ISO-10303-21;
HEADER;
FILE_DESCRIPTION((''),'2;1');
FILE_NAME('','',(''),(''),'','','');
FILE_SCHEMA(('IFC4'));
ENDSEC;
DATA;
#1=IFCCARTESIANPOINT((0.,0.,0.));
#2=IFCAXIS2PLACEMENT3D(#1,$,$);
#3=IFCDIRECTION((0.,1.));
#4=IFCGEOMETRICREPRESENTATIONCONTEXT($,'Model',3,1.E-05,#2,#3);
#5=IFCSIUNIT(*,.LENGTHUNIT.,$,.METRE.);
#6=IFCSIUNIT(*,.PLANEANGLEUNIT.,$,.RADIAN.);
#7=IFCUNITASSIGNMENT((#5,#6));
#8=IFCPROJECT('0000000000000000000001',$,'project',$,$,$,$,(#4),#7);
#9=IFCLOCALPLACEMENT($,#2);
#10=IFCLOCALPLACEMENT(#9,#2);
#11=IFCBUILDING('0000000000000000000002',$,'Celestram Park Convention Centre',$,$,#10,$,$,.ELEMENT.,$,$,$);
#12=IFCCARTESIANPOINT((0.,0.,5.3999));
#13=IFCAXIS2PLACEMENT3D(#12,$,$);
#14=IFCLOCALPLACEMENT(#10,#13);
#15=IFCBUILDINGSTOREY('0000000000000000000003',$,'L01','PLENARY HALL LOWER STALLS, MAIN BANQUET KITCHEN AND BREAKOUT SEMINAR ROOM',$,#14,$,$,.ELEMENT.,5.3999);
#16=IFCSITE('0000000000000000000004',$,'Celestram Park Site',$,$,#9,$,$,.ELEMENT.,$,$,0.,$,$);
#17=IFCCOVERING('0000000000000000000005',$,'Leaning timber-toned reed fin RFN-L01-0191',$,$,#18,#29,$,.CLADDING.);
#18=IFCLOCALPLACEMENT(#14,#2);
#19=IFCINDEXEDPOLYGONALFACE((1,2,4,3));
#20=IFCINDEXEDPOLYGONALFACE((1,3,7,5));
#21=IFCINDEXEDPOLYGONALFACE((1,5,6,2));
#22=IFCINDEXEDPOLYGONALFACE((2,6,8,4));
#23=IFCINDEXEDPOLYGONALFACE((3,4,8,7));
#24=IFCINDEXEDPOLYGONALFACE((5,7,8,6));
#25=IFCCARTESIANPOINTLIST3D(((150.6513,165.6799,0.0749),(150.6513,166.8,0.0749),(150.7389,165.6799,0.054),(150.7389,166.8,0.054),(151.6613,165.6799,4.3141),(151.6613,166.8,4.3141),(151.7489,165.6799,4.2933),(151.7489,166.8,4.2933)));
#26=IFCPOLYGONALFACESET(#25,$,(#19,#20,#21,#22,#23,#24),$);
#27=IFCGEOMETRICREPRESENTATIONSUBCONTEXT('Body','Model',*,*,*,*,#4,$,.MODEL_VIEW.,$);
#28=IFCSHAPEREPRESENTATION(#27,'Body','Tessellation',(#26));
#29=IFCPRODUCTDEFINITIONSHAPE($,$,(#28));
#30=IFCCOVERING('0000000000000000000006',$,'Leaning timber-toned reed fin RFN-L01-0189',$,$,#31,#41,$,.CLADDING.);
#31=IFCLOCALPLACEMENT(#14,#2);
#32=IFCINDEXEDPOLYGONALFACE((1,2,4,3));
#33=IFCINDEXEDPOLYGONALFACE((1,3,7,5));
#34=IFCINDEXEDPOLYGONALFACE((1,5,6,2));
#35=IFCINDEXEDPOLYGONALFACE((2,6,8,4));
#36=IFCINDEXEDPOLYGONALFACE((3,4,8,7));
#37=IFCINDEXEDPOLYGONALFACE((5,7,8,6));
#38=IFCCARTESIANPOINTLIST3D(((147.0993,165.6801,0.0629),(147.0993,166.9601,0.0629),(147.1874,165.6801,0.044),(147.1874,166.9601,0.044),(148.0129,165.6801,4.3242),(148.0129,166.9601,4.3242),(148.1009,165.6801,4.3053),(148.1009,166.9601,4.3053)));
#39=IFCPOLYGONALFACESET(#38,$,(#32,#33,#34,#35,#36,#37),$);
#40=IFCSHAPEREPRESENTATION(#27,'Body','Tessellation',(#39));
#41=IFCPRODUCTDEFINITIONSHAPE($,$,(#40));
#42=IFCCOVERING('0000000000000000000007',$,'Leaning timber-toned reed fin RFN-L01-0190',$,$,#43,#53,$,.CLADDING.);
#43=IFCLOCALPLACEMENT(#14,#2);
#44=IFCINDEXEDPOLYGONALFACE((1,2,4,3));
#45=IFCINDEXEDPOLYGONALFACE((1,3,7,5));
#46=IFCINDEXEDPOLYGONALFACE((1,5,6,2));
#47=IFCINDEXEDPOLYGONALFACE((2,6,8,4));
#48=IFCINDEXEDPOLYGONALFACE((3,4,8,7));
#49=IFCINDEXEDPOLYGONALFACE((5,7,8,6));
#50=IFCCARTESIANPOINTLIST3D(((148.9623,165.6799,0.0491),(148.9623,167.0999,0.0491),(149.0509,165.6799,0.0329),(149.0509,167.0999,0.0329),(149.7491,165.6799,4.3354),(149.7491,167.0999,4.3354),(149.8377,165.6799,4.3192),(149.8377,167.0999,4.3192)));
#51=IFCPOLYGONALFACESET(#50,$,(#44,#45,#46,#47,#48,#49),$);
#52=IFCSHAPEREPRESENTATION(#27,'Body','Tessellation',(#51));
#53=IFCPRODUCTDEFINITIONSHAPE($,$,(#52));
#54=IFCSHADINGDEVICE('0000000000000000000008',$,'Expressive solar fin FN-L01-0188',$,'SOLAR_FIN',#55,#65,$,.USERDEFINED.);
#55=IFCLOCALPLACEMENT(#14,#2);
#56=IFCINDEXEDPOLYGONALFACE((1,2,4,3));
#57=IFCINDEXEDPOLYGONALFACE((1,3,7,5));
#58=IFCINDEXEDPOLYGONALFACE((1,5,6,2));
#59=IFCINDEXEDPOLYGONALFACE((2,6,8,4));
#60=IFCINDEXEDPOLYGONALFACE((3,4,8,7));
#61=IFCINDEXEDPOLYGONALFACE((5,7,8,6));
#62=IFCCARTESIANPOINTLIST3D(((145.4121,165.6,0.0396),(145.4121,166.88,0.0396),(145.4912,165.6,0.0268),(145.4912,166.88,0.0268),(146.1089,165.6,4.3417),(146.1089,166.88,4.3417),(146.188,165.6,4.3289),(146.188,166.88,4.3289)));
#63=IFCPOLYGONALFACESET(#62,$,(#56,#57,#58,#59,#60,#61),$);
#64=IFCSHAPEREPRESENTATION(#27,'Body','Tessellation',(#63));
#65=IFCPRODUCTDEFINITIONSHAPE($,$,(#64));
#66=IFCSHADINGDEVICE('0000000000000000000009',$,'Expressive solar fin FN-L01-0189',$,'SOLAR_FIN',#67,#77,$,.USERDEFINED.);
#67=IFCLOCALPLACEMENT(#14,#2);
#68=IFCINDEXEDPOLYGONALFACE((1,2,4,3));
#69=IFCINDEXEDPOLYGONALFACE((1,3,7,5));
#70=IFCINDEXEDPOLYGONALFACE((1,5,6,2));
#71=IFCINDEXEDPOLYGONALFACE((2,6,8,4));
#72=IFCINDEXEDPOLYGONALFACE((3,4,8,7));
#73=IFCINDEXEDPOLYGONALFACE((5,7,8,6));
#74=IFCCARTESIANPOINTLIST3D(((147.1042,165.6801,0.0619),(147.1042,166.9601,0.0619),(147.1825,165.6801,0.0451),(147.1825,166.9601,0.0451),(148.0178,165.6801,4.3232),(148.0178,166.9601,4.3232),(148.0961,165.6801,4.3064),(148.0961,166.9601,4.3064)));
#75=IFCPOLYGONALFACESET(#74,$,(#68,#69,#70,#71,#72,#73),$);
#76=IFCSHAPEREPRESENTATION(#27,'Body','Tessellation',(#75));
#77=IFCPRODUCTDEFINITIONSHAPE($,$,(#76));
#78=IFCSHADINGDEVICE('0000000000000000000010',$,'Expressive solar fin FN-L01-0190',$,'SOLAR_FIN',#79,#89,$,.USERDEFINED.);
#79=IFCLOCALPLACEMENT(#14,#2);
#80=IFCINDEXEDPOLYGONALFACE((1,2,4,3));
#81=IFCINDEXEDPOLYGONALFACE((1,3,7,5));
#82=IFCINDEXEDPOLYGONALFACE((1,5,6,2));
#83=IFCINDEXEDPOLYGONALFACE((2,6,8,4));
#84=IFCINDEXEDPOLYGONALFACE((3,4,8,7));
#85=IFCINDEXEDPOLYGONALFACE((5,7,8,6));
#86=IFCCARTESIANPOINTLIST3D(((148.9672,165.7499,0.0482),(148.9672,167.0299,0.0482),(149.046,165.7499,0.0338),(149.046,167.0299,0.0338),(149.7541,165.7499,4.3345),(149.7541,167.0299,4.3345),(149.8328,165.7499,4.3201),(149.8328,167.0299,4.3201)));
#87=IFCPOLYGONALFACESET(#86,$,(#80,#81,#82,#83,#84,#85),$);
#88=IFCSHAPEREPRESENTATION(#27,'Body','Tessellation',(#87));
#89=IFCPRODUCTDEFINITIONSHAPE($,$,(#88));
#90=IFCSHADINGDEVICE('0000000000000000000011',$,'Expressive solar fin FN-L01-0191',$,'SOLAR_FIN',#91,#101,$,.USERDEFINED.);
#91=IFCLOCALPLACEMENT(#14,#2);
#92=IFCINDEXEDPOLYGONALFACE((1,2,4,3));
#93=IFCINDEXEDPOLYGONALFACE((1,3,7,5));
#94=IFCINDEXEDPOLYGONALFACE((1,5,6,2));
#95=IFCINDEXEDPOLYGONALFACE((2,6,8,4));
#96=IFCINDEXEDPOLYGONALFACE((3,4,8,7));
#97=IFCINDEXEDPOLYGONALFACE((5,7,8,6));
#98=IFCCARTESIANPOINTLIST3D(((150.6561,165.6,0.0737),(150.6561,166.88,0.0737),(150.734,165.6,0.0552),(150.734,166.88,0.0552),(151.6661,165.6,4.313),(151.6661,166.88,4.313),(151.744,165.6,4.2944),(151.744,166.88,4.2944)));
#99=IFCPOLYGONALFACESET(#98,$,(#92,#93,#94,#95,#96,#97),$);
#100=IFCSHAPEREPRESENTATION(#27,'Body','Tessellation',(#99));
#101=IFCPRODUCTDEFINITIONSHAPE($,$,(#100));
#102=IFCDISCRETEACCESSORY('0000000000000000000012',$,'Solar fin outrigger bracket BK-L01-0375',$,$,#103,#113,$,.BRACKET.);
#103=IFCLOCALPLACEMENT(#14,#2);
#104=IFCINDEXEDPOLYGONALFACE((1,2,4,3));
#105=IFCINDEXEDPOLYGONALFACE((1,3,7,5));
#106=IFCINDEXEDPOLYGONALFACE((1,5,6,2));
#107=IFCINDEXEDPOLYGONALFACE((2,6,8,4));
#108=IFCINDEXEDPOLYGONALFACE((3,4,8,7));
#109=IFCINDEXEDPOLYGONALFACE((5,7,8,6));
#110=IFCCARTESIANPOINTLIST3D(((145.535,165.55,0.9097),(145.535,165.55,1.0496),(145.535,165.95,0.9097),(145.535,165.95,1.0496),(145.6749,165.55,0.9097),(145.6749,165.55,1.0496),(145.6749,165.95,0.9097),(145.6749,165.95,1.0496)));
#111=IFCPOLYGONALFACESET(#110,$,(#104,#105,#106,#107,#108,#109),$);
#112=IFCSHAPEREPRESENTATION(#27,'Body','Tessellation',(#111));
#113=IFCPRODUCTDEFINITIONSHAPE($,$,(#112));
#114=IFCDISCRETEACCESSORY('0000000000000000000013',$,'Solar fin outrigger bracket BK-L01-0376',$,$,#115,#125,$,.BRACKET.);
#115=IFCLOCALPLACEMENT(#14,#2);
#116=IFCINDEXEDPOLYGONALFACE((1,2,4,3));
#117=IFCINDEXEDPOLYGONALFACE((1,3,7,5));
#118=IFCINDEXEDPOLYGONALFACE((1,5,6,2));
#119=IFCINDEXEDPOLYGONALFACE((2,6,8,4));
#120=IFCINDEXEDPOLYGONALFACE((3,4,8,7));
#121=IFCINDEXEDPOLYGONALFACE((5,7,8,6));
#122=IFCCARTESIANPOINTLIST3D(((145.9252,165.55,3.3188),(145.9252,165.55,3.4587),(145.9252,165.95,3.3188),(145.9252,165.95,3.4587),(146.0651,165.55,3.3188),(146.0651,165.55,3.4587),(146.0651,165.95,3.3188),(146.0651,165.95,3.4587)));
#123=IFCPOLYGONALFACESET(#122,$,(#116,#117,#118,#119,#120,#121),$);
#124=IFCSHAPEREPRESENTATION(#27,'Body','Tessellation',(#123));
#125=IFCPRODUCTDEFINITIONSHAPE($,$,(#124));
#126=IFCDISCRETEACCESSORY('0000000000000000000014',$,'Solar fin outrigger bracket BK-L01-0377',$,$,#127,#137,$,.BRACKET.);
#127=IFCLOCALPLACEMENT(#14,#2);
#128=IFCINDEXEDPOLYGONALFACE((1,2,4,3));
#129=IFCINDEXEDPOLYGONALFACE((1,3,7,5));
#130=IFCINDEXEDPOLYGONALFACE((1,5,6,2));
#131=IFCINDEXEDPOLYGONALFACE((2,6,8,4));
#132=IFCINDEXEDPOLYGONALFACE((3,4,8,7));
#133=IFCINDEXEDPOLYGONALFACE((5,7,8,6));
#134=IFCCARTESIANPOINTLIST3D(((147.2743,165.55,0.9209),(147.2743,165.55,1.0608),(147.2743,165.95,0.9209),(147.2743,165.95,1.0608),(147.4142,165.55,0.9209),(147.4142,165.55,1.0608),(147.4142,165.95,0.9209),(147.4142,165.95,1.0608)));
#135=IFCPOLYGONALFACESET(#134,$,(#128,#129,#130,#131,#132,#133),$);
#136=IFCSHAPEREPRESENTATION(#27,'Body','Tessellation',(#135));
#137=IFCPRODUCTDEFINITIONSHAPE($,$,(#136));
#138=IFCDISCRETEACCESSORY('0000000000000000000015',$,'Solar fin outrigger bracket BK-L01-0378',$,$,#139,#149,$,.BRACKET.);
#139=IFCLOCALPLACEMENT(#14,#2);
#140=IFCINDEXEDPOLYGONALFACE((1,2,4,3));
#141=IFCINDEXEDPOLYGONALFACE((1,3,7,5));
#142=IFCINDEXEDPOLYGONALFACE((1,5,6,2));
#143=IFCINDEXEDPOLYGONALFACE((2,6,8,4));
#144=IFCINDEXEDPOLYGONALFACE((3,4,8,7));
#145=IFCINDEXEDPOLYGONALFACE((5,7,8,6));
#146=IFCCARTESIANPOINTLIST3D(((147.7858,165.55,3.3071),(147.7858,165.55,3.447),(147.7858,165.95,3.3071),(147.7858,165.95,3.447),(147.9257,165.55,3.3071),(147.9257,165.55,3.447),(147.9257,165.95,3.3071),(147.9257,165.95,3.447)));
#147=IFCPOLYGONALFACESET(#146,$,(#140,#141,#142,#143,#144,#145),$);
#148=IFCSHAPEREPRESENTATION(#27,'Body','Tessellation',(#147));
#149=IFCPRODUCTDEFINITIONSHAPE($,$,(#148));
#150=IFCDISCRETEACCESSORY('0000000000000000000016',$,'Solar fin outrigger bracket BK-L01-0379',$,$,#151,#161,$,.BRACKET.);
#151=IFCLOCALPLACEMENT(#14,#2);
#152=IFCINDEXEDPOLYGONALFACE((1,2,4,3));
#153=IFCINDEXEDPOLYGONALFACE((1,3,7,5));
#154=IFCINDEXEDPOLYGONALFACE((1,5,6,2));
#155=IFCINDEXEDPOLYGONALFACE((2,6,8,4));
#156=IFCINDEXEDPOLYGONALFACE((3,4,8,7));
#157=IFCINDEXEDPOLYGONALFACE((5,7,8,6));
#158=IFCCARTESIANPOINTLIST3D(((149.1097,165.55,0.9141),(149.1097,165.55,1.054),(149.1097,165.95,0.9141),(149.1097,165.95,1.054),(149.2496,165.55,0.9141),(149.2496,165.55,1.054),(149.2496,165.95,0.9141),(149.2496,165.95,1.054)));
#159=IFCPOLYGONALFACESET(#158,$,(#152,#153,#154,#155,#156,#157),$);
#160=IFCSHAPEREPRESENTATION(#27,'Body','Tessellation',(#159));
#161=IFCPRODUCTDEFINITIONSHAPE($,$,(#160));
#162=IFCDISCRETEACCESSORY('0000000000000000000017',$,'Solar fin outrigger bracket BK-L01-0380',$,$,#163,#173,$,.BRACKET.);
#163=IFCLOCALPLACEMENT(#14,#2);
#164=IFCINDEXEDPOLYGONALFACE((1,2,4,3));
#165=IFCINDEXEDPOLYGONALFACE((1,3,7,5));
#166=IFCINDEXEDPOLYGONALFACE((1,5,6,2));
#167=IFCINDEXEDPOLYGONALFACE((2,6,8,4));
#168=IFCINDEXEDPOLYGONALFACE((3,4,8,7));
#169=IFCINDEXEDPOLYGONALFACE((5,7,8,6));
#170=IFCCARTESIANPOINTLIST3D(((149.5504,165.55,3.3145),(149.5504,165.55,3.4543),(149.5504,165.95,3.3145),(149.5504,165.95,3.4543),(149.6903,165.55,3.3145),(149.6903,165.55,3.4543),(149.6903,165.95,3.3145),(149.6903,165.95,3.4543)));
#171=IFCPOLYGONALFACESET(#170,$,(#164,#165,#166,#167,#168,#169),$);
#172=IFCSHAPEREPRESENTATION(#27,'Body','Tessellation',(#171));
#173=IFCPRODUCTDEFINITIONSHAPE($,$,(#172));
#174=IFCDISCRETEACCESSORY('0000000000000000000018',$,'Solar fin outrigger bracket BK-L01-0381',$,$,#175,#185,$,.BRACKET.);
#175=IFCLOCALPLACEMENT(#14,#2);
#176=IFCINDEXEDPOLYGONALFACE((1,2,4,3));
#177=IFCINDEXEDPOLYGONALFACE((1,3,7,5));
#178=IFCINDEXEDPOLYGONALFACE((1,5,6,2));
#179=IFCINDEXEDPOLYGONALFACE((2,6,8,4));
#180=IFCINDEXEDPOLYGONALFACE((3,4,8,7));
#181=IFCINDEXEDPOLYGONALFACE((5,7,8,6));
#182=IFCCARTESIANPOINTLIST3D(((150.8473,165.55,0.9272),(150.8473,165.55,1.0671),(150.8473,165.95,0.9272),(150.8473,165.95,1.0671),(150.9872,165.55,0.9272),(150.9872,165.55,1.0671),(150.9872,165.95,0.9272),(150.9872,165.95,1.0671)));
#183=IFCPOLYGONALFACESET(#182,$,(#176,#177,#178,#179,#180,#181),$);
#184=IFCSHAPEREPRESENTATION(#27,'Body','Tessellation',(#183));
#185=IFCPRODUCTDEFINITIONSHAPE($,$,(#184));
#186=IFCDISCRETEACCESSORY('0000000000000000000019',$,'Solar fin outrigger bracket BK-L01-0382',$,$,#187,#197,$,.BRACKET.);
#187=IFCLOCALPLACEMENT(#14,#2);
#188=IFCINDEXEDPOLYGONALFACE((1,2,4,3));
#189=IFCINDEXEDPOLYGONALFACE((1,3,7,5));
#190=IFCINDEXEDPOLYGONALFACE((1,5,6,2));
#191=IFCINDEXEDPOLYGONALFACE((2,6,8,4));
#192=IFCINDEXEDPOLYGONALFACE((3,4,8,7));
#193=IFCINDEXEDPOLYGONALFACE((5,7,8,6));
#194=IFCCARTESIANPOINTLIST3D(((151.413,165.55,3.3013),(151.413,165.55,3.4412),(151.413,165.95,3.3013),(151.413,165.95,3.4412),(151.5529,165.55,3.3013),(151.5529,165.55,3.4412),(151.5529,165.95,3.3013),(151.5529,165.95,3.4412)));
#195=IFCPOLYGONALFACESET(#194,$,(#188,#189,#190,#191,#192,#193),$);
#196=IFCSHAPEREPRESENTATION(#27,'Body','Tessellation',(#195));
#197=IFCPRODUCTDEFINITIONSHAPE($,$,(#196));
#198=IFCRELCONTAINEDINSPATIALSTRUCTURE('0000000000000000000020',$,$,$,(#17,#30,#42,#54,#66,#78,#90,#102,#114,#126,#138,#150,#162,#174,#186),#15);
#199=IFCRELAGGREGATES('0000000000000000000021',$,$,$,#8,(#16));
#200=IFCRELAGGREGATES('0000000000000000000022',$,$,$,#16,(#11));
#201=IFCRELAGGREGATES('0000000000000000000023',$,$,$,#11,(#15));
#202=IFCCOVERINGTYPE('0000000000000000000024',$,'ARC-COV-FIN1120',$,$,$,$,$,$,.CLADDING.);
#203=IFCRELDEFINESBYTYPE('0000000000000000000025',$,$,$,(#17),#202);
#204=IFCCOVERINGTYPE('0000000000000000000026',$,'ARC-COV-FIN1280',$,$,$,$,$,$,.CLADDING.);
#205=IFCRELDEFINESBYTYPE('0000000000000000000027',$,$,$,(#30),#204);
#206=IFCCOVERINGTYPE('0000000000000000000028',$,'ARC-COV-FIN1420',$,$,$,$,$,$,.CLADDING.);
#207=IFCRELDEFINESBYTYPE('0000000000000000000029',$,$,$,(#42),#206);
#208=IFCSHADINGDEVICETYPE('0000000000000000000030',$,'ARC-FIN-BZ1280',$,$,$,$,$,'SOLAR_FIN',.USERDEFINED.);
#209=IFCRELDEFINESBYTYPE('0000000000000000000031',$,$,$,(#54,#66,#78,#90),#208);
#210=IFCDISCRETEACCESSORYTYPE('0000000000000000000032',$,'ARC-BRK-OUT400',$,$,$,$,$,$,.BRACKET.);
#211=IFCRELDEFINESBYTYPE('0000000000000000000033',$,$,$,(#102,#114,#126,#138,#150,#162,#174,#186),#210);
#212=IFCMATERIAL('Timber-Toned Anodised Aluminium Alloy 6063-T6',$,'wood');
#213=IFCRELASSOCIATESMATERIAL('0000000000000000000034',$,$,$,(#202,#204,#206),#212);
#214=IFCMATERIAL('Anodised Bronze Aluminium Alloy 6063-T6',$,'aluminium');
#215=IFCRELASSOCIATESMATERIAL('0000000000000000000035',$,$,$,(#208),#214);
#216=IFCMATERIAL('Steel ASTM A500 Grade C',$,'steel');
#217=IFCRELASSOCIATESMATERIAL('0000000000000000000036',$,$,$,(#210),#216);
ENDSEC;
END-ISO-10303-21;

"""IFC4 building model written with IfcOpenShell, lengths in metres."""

from ifc_helpers import new_model, si_unit, direction, frame, origin, origin_2d, place, context, subcontext, project, spatial, rectangle, extrude, material, material_profile, profile_set, type_object, element, save


model = new_model("IFC4")

# Units and contexts
model_context = context("Model", 3, precision=1e-05, world=origin(), true_north=direction((0.0, 1.0)))
body_context = subcontext(model_context, "Body", "Model", "MODEL_VIEW")
ifc_project = project(units=[si_unit("LENGTHUNIT", "METRE"), si_unit("PLANEANGLEUNIT", "RADIAN")], contexts=[model_context])

# Site, building, storey
site_placement = place(None, origin())
site = spatial("IfcSite", under=ifc_project, at=site_placement, Name="Celestram Park Site", CompositionType="ELEMENT", RefElevation=0.0)
building_placement = place(site_placement, origin())
building = spatial("IfcBuilding", under=site, at=building_placement, Name="Celestram Park Convention Centre", CompositionType="ELEMENT")
storey_placement = place(building_placement, frame((0.0, 0.0, 5.3999)))
storey = spatial("IfcBuildingStorey", under=building, at=storey_placement, Name="L01", Description="PLENARY HALL LOWER STALLS, MAIN BANQUET KITCHEN AND BREAKOUT SEMINAR ROOM", CompositionType="ELEMENT", Elevation=5.3999)

# Shared definitions
ifc_material_1 = material(Name="Steel ASTM A500 Grade C", Category="steel")

# Coverings
ifc_material_2 = material(Name="Timber-Toned Anodised Aluminium Alloy 6063-T6", Category="wood")
ifc_material_profile_1 = material_profile(ifc_material_2, rectangle(XDim=1.1201, YDim=0.0901, at=origin_2d()), Name="REED1120X90")
ifc_profile_set_1 = profile_set([ifc_material_profile_1], Name="Timber-Toned Anodised Aluminium Alloy 6063-T6")
covering_type_1 = type_object("IfcCoveringType", Name="ARC-COV-FIN1120", PredefinedType="CLADDING", material=ifc_profile_set_1)
covering_1_placement = place(storey_placement, frame((150.6951, 166.24, 0.0645), z_axis=(0.231764, 0.0, 0.972772), x_axis=(0.0, 1.0, 0.0)))
element("IfcCovering", 1, at=covering_1_placement, inside=storey, type_object=covering_type_1, Name="Leaning timber-toned reed fin RFN-L01-0191", PredefinedType="CLADDING", context=body_context, shape_type="SweptSolid", body=[
    extrude(rectangle(XDim=1.1201, YDim=0.0901, at=origin_2d()), origin(), (0.0, 0.0, 1.0), 4.3579),
])
ifc_material_profile_2 = material_profile(ifc_material_2, rectangle(XDim=1.28, YDim=0.0901, at=origin_2d()), Name="REED1280X90")
ifc_profile_set_2 = profile_set([ifc_material_profile_2], Name="Timber-Toned Anodised Aluminium Alloy 6063-T6")
covering_type_2 = type_object("IfcCoveringType", Name="ARC-COV-FIN1280", PredefinedType="CLADDING", material=ifc_profile_set_2)
covering_2_placement = place(storey_placement, frame((147.1433, 166.3201, 0.0535), z_axis=(0.209629, 0.0, 0.977781), x_axis=(0.0, 1.0, 0.0)))
element("IfcCovering", 2, at=covering_2_placement, inside=storey, type_object=covering_type_2, Name="Leaning timber-toned reed fin RFN-L01-0189", PredefinedType="CLADDING", context=body_context, shape_type="SweptSolid", body=[
    extrude(rectangle(XDim=1.28, YDim=0.0901, at=origin_2d()), origin(), (0.0, 0.0, 1.0), 4.3582),
])
ifc_material_profile_3 = material_profile(ifc_material_2, rectangle(XDim=1.4199, YDim=0.0901, at=origin_2d()), Name="REED1420X90")
ifc_profile_set_3 = profile_set([ifc_material_profile_3], Name="Timber-Toned Anodised Aluminium Alloy 6063-T6")
covering_type_3 = type_object("IfcCoveringType", Name="ARC-COV-FIN1420", PredefinedType="CLADDING", material=ifc_profile_set_3)
covering_3_placement = place(storey_placement, frame((149.0066, 166.3899, 0.041), z_axis=(0.180556, 0.0, 0.983565), x_axis=(0.0, 1.0, 0.0)))
element("IfcCovering", 3, at=covering_3_placement, inside=storey, type_object=covering_type_3, Name="Leaning timber-toned reed fin RFN-L01-0190", PredefinedType="CLADDING", context=body_context, shape_type="SweptSolid", body=[
    extrude(rectangle(XDim=1.4199, YDim=0.0901, at=origin_2d()), origin(), (0.0, 0.0, 1.0), 4.3579),
])

# Shading devices
ifc_material_3 = material(Name="Anodised Bronze Aluminium Alloy 6063-T6", Category="aluminium")
ifc_material_profile_4 = material_profile(ifc_material_3, rectangle(XDim=1.28, YDim=0.0801, at=origin_2d()), Name="FIN1280X80")
ifc_profile_set_4 = profile_set([ifc_material_profile_4], Name="Anodised Bronze Aluminium Alloy 6063-T6")
shading_device_type = type_object("IfcShadingDeviceType", Name="ARC-FIN-BZ1280", ElementType="SOLAR_FIN", PredefinedType="USERDEFINED", material=ifc_profile_set_4)
for number, where, z_axis, x_axis, name in (
    (4, (145.4517, 166.24, 0.0332), (0.159882, 0.0, 0.987136), (0.0, 1.0, 0.0), "Expressive solar fin FN-L01-0188"),
    (5, (147.1433, 166.3201, 0.0535), (0.209629, 0.0, 0.977781), (0.0, 1.0, 0.0), "Expressive solar fin FN-L01-0189"),
):
    element("IfcShadingDevice", number, at=place(storey_placement, frame(where, z_axis=z_axis, x_axis=x_axis)), inside=storey, type_object=shading_device_type, Name=name, ObjectType="SOLAR_FIN", PredefinedType="USERDEFINED", context=body_context, shape_type="SweptSolid", body=[
        extrude(rectangle(XDim=1.28, YDim=0.0801, at=origin_2d()), origin(), (0.0, 0.0, 1.0), 4.3582),
    ])
for number, where, z_axis, x_axis, name in (
    (6, (149.0066, 166.3899, 0.041), (0.180556, 0.0, 0.983565), (0.0, 1.0, 0.0), "Expressive solar fin FN-L01-0190"),
    (7, (150.6951, 166.24, 0.0645), (0.231764, 0.0, 0.972772), (0.0, 1.0, 0.0), "Expressive solar fin FN-L01-0191"),
):
    element("IfcShadingDevice", number, at=place(storey_placement, frame(where, z_axis=z_axis, x_axis=x_axis)), inside=storey, type_object=shading_device_type, Name=name, ObjectType="SOLAR_FIN", PredefinedType="USERDEFINED", context=body_context, shape_type="SweptSolid", body=[
        extrude(rectangle(XDim=1.28, YDim=0.0801, at=origin_2d()), origin(), (0.0, 0.0, 1.0), 4.3579),
    ])

# Discrete accessories
discrete_accessory_type = type_object("IfcDiscreteAccessoryType", Name="ARC-BRK-OUT400", PredefinedType="BRACKET", material=ifc_material_1)
for number, where, z_axis, x_axis, name in (
    (8, (145.605, 165.75, 0.9097), (0.0, 0.0, 1.0), (0.0, 1.0, 0.0), "Solar fin outrigger bracket BK-L01-0375"),
    (9, (145.9951, 165.75, 3.3188), (0.0, 0.0, 1.0), (0.0, 1.0, 0.0), "Solar fin outrigger bracket BK-L01-0376"),
    (10, (147.3442, 165.75, 0.9209), (0.0, 0.0, 1.0), (0.0, 1.0, 0.0), "Solar fin outrigger bracket BK-L01-0377"),
    (11, (147.8557, 165.75, 3.3071), (0.0, 0.0, 1.0), (0.0, 1.0, 0.0), "Solar fin outrigger bracket BK-L01-0378"),
    (12, (149.1797, 165.75, 0.9141), (0.0, 0.0, 1.0), (0.0, 1.0, 0.0), "Solar fin outrigger bracket BK-L01-0379"),
    (13, (149.6204, 165.75, 3.3145), (0.0, 0.0, 1.0), (0.0, 1.0, 0.0), "Solar fin outrigger bracket BK-L01-0380"),
    (14, (150.9172, 165.75, 0.9272), (0.0, 0.0, 1.0), (0.0, 1.0, 0.0), "Solar fin outrigger bracket BK-L01-0381"),
    (15, (151.4829, 165.75, 3.3013), (0.0, 0.0, 1.0), (0.0, 1.0, 0.0), "Solar fin outrigger bracket BK-L01-0382"),
):
    element("IfcDiscreteAccessory", number, at=place(storey_placement, frame(where, z_axis=z_axis, x_axis=x_axis)), inside=storey, type_object=discrete_accessory_type, Name=name, PredefinedType="BRACKET", context=body_context, shape_type="SweptSolid", body=[
        extrude(rectangle(XDim=0.3999, YDim=0.1399, at=origin_2d()), origin(), (0.0, 0.0, 1.0), 0.1399),
    ])

save(model, "model.ifc")
